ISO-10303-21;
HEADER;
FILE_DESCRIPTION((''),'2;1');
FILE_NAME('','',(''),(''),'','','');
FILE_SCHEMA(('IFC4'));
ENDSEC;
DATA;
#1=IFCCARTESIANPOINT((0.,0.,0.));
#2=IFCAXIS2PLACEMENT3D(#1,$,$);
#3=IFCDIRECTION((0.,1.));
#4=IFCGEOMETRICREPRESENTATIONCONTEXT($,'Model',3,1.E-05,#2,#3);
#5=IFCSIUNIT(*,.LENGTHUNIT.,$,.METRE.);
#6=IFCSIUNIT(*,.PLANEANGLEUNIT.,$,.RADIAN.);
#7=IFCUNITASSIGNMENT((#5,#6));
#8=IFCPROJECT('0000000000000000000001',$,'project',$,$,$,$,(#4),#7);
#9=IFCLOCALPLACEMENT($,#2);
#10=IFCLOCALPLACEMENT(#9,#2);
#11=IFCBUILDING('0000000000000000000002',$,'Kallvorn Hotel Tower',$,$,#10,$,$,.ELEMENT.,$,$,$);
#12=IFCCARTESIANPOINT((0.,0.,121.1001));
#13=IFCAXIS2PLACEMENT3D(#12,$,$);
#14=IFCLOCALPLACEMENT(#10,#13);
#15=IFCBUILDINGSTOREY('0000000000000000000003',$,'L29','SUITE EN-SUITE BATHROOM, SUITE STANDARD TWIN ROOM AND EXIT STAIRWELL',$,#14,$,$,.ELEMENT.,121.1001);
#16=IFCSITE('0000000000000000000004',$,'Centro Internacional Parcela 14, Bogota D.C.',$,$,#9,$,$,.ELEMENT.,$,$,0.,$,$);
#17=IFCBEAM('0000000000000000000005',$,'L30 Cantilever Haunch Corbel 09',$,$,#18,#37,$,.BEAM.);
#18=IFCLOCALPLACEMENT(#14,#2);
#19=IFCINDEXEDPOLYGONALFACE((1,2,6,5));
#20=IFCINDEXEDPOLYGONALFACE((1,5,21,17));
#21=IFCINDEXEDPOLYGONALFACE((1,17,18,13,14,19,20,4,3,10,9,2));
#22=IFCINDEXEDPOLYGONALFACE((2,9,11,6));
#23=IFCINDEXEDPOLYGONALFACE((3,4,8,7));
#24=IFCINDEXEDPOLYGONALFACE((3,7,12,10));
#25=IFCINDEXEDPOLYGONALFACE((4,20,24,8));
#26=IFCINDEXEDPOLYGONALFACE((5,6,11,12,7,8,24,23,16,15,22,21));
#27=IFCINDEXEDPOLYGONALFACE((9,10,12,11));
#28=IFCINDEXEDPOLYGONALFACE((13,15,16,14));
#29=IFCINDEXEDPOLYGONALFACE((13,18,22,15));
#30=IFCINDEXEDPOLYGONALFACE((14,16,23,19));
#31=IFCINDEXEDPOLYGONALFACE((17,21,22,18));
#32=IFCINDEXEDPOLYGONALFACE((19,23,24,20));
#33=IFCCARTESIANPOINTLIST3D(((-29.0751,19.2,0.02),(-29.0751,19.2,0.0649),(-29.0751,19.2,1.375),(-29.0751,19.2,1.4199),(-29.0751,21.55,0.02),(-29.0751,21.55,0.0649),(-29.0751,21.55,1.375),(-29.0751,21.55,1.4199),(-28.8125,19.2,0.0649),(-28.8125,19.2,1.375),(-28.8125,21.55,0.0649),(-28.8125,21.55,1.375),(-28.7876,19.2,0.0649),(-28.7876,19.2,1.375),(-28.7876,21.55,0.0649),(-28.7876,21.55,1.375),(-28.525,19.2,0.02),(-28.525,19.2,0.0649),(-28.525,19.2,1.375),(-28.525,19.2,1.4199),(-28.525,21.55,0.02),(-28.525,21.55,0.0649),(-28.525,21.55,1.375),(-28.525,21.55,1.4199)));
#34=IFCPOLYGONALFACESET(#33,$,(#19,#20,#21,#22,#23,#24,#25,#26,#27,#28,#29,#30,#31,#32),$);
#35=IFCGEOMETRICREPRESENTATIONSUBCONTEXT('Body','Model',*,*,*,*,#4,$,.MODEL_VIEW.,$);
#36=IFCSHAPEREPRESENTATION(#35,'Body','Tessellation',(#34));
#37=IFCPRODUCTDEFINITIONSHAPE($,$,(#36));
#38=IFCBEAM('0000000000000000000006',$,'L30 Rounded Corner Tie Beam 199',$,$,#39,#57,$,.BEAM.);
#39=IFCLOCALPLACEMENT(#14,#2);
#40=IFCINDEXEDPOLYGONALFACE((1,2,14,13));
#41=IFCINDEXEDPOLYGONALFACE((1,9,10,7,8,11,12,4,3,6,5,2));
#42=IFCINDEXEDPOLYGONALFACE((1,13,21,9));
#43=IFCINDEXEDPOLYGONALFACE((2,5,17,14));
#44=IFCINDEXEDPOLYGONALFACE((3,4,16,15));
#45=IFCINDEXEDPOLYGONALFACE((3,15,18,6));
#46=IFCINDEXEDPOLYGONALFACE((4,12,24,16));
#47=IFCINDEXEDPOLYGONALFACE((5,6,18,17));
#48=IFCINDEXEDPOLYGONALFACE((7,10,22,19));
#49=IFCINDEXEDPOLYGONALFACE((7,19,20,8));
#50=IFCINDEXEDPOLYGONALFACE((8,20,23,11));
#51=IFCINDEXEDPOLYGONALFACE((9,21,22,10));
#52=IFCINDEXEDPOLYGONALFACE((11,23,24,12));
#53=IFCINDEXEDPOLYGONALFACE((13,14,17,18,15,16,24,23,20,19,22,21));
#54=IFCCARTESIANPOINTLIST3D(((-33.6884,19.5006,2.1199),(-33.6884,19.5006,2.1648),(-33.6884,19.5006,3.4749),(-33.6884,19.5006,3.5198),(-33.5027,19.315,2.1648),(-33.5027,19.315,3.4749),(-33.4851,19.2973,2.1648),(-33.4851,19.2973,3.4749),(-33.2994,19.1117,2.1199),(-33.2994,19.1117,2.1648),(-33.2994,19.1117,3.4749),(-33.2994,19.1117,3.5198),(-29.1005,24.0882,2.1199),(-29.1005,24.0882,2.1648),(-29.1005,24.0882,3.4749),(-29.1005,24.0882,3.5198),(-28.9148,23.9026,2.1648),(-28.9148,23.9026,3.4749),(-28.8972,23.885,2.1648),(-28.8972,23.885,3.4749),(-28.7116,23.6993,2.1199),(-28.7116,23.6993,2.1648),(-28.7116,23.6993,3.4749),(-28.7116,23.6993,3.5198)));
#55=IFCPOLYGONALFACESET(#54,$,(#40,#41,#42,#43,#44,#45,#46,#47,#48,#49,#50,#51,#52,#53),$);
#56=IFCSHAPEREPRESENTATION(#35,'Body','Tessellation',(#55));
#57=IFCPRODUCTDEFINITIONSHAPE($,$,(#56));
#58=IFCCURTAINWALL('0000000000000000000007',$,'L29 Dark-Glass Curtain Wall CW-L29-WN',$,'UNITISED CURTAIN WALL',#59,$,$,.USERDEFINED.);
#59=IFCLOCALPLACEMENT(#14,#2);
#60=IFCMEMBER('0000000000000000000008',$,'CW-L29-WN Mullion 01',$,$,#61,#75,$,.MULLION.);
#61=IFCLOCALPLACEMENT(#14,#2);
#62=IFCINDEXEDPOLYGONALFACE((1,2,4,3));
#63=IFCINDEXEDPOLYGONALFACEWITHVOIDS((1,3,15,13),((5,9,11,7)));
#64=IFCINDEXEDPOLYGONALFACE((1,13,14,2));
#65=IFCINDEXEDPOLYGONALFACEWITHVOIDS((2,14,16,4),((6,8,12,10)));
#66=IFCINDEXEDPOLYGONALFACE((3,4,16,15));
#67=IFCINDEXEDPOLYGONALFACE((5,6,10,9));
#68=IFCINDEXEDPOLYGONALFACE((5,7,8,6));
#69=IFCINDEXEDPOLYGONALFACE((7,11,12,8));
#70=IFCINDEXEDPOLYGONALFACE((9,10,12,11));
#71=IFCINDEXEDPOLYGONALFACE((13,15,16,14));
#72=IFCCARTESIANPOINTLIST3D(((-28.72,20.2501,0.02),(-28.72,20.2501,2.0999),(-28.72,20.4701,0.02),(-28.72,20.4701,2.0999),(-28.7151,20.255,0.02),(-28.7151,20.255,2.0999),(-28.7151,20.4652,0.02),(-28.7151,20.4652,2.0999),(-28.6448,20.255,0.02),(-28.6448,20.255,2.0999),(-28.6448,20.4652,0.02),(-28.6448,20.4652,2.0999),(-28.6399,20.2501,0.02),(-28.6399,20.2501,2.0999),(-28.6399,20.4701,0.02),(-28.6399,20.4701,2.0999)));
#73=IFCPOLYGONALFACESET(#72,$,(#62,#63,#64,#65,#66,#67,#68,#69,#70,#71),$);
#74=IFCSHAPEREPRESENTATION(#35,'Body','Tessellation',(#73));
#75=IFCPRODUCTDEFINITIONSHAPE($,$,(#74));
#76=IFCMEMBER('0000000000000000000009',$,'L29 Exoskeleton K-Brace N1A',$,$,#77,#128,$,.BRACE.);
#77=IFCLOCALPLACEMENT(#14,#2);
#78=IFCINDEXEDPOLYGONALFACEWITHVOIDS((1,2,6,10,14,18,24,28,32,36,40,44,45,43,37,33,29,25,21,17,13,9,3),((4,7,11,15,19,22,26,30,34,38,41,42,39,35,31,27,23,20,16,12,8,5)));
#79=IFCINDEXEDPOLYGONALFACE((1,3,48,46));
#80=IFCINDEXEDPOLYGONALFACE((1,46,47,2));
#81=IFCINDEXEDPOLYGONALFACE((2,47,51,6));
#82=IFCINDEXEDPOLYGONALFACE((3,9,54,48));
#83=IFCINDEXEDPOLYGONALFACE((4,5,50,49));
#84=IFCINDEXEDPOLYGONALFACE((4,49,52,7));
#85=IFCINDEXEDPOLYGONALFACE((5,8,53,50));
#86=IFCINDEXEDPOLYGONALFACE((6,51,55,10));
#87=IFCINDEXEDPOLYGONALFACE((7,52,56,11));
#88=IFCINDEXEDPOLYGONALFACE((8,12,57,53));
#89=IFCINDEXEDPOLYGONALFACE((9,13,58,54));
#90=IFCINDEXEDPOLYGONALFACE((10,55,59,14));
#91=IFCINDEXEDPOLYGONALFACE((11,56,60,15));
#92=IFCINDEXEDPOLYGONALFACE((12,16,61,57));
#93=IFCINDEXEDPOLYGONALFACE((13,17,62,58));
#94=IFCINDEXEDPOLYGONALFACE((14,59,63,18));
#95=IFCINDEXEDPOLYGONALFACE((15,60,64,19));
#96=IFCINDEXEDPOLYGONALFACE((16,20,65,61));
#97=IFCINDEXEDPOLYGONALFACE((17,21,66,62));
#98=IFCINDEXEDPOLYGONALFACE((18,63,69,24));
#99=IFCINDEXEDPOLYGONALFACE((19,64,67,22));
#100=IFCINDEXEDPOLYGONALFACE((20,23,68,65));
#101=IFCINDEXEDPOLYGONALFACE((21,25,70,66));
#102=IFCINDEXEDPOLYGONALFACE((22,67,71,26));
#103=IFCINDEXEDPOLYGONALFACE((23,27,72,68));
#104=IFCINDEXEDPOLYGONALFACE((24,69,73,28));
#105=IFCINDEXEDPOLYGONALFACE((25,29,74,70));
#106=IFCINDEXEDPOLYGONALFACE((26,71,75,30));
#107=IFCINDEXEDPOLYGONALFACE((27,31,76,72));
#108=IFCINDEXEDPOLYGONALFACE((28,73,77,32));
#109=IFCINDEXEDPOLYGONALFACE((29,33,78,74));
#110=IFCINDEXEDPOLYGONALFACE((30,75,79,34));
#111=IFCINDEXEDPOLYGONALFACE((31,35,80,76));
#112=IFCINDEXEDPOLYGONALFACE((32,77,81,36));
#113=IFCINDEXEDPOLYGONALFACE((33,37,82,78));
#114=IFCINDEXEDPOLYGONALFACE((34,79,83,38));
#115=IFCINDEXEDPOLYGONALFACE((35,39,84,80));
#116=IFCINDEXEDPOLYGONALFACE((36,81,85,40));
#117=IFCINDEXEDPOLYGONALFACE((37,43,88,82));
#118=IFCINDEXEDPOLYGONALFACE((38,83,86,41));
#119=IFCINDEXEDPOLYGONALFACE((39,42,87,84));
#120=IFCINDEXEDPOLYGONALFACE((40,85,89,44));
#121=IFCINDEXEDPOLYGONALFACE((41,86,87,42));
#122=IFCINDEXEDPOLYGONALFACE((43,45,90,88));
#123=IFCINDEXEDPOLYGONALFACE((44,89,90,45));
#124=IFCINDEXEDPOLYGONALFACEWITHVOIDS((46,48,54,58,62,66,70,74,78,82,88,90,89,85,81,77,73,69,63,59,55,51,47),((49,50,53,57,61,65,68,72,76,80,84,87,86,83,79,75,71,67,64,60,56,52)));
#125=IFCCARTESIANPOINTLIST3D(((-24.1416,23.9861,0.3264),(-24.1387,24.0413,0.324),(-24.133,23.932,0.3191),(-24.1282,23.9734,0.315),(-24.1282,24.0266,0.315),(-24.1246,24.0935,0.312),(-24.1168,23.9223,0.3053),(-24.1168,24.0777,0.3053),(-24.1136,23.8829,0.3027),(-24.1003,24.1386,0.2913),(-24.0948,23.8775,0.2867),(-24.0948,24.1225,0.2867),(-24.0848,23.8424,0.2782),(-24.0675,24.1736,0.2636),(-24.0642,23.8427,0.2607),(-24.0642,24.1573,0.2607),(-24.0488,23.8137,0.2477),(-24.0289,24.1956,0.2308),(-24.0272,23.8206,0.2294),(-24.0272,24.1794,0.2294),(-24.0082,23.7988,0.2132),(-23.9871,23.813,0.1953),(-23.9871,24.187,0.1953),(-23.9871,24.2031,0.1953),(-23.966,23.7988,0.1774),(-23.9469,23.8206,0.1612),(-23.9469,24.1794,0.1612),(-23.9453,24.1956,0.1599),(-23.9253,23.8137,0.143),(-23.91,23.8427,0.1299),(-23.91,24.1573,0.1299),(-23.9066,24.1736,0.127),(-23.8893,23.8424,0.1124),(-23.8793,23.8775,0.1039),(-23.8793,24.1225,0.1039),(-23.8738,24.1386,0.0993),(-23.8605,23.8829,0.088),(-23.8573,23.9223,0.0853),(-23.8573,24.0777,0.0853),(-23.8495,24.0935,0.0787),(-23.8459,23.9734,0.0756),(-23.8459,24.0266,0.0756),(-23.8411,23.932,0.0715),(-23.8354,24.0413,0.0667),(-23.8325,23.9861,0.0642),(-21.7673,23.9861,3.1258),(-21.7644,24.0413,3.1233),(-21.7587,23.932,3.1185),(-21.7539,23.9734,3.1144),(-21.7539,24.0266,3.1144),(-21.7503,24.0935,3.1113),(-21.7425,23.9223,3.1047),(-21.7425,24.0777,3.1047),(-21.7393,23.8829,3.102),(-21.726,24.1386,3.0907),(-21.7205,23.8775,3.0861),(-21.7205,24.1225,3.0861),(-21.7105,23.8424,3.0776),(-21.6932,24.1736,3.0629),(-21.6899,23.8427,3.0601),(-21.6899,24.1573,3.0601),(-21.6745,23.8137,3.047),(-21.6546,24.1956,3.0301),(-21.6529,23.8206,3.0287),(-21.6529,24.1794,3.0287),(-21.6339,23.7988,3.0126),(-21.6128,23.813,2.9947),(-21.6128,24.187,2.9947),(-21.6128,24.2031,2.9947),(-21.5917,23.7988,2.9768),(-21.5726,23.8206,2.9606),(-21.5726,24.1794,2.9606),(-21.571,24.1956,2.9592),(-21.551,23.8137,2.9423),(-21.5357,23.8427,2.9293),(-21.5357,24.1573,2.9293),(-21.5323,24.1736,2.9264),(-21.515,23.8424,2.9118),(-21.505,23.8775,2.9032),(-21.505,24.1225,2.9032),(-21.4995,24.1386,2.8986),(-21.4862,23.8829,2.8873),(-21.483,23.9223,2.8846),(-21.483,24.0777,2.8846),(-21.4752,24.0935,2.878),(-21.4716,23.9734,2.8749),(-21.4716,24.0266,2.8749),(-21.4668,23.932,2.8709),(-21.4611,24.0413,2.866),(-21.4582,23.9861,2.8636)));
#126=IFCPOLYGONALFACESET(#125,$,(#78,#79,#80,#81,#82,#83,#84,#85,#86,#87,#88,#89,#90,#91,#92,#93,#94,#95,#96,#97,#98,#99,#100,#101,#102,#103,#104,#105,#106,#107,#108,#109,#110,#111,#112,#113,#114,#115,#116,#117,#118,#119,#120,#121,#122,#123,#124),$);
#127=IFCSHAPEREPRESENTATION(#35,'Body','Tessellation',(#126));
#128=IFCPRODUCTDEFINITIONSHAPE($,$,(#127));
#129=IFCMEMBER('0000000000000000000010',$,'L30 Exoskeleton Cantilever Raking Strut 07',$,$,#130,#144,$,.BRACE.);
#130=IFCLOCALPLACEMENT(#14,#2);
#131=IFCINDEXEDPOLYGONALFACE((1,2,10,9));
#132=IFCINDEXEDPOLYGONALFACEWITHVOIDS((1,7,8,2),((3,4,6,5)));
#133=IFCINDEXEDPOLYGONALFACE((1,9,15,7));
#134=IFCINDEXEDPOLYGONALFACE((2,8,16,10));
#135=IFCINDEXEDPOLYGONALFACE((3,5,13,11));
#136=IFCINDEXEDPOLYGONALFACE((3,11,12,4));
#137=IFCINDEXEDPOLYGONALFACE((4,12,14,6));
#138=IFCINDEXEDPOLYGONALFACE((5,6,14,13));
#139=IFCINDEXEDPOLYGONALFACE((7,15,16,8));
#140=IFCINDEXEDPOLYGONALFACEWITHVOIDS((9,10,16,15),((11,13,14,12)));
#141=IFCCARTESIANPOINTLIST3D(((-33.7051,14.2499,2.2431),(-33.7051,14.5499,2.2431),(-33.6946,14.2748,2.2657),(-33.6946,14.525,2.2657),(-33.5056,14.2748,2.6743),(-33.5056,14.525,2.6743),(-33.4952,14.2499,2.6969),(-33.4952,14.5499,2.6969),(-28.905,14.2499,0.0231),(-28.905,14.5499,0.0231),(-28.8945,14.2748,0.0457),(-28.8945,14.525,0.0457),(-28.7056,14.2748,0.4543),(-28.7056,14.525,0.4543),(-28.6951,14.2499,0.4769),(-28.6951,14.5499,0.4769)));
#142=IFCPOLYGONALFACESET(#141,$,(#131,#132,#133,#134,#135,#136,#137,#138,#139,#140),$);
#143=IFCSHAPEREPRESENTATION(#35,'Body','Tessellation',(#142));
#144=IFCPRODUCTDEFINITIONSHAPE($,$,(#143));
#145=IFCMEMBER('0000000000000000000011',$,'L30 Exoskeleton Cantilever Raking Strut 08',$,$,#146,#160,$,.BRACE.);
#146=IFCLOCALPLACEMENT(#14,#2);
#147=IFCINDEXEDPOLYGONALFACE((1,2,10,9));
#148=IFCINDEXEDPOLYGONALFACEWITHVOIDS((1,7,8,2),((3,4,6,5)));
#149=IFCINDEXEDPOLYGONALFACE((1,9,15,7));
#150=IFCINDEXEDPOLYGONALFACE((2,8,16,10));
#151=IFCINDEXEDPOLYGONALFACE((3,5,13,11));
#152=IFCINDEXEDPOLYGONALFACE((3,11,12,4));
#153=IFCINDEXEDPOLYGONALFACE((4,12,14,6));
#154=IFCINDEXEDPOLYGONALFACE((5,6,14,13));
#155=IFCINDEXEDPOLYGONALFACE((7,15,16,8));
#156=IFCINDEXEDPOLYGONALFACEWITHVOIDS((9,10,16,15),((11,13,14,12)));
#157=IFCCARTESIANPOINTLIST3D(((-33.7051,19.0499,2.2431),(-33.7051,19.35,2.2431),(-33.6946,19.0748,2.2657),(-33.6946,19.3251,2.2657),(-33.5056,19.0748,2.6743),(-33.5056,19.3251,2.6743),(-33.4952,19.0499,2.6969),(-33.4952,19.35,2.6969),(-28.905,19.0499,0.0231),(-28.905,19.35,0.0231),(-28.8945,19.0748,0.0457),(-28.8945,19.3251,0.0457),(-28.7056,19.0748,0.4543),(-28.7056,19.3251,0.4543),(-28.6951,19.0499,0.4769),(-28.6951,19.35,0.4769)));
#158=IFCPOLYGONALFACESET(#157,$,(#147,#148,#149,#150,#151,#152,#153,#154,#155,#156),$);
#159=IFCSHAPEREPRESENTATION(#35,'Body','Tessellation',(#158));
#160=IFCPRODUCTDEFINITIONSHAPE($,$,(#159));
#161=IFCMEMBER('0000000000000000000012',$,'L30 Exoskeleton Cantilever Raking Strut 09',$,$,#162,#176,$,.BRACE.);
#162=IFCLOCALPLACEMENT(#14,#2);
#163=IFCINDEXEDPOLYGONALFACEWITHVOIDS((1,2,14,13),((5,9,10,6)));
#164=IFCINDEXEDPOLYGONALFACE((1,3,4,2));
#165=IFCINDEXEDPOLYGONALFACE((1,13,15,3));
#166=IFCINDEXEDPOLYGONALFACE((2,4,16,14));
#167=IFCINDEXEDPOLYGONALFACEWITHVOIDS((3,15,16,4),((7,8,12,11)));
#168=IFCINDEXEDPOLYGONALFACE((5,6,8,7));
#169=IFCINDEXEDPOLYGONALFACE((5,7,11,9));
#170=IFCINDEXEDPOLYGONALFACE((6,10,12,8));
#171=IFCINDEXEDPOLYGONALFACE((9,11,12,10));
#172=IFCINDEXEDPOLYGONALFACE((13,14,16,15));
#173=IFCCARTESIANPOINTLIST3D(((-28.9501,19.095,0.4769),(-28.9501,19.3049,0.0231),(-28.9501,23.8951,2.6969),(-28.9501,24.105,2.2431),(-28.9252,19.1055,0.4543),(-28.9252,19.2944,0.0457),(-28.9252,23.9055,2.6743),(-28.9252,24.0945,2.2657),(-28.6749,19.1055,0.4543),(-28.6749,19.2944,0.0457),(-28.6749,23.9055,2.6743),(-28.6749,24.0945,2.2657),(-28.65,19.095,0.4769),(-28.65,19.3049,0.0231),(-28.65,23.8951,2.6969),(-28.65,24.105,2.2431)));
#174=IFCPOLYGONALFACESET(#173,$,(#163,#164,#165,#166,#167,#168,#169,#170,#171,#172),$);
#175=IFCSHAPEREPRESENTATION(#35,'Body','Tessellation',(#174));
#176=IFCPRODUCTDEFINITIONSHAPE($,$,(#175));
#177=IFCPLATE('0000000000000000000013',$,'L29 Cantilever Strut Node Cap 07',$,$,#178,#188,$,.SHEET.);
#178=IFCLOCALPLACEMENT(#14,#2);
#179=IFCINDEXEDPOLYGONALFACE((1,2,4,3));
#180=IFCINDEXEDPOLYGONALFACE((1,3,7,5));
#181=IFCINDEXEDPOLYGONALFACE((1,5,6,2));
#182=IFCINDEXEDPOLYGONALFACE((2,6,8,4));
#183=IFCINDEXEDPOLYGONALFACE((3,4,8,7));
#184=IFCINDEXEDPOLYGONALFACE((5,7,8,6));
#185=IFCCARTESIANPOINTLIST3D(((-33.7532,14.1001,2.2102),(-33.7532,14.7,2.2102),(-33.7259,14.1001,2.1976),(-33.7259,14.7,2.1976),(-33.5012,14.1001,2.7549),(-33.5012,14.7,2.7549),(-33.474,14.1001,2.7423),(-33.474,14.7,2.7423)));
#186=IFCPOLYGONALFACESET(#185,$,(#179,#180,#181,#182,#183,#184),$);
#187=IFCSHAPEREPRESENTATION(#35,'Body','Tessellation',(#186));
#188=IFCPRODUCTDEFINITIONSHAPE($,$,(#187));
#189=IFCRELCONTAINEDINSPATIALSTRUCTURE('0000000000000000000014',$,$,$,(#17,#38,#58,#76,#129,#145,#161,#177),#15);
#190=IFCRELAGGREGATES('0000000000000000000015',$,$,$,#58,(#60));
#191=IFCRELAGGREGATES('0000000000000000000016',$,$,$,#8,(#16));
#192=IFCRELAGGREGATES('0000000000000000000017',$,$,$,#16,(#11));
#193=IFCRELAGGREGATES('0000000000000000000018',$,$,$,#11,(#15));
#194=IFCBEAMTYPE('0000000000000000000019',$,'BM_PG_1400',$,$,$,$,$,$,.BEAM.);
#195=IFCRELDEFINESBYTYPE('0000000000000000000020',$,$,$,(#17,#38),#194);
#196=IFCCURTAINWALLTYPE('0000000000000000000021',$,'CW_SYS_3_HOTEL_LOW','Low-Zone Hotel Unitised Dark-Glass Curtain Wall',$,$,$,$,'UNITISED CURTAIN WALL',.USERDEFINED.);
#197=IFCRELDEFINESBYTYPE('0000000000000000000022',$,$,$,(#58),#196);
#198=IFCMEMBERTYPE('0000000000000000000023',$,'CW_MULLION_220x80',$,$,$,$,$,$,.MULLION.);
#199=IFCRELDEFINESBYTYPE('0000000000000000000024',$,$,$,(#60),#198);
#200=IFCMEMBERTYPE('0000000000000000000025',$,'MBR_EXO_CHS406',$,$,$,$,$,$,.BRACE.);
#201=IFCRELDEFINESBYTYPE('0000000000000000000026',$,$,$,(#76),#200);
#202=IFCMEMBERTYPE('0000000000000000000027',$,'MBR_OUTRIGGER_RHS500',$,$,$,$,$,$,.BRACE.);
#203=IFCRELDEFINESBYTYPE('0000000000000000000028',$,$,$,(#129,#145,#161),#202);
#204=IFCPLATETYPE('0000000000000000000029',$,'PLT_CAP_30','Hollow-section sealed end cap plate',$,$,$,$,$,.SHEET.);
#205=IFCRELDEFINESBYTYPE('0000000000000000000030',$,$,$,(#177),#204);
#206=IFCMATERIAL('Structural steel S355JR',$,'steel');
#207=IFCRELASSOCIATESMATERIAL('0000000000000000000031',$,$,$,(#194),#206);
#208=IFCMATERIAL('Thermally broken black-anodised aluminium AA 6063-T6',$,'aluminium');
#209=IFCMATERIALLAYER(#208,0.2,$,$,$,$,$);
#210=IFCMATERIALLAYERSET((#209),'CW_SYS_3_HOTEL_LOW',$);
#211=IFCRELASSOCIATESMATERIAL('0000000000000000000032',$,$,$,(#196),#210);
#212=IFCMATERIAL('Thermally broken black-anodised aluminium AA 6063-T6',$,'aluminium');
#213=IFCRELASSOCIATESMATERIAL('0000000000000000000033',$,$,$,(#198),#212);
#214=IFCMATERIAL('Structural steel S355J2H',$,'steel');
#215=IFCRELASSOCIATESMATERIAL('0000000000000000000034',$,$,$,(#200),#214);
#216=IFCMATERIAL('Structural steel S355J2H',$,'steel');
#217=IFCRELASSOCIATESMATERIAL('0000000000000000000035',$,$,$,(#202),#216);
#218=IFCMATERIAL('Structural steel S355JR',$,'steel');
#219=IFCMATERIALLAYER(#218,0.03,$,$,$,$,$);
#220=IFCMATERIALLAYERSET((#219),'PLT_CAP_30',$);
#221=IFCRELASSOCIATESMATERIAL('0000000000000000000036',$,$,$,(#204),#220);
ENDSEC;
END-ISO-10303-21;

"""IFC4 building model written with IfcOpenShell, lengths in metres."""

from ifc_helpers import new_model, si_unit, direction, frame, origin, origin_2d, place, context, subcontext, project, spatial, polyline, hollow_rectangle, hollow_circle, i_section, outline, extrude, material, layer, layer_set, material_profile, profile_set, type_object, element, aggregate, save


model = new_model("IFC4")

# Units and contexts
model_context = context("Model", 3, precision=1e-05, world=origin(), true_north=direction((0.0, 1.0)))
body_context = subcontext(model_context, "Body", "Model", "MODEL_VIEW")
ifc_project = project(units=[si_unit("LENGTHUNIT", "METRE"), si_unit("PLANEANGLEUNIT", "RADIAN")], contexts=[model_context])

# Site, building, storey
site_placement = place(None, origin())
site = spatial("IfcSite", under=ifc_project, at=site_placement, Name="Centro Internacional Parcela 14, Bogota D.C.", CompositionType="ELEMENT", RefElevation=0.0)
building_placement = place(site_placement, origin())
building = spatial("IfcBuilding", under=site, at=building_placement, Name="Kallvorn Hotel Tower", CompositionType="ELEMENT")
storey_placement = place(building_placement, frame((0.0, 0.0, 121.1001)))
storey = spatial("IfcBuildingStorey", under=building, at=storey_placement, Name="L29", Description="SUITE EN-SUITE BATHROOM, SUITE STANDARD TWIN ROOM AND EXIT STAIRWELL", CompositionType="ELEMENT", Elevation=121.1001)

# Beams
ifc_material_1 = material(Name="Structural steel S355JR", Category="steel")
ifc_material_profile_1 = material_profile(ifc_material_1, i_section(OverallWidth=0.55, OverallDepth=1.3999, WebThickness=0.0249, FlangeThickness=0.0449, at=origin_2d()), Name="PG 1400x550x25x45")
ifc_profile_set_1 = profile_set([ifc_material_profile_1], Name="Structural steel S355JR")
beam_type_1 = type_object("IfcBeamType", Name="BM_PG_1400", PredefinedType="BEAM", material=ifc_profile_set_1)
beam_1_placement = place(storey_placement, frame((-28.8, 19.2, 0.72), z_axis=(0.0, 1.0, 0.0), x_axis=(-1.0, 0.0, 0.0)))
element("IfcBeam", 1, at=beam_1_placement, inside=storey, type_object=beam_type_1, Name="L30 Cantilever Haunch Corbel 09", PredefinedType="BEAM", context=body_context, shape_type="SweptSolid", body=[
    extrude(i_section(OverallWidth=0.55, OverallDepth=1.3999, WebThickness=0.0249, FlangeThickness=0.0449, at=origin_2d()), origin(), (0.0, 0.0, 1.0), 2.3501),
])
beam_2_placement = place(storey_placement, frame((-33.4939, 19.3062, 2.8198), z_axis=(0.707126, 0.707088, 0.0), x_axis=(-0.707088, 0.707126, 0.0)))
element("IfcBeam", 2, at=beam_2_placement, inside=storey, type_object=beam_type_1, Name="L30 Rounded Corner Tie Beam 199", PredefinedType="BEAM", context=body_context, shape_type="SweptSolid", body=[
    extrude(i_section(OverallWidth=0.55, OverallDepth=1.3999, WebThickness=0.0249, FlangeThickness=0.0449, at=origin_2d()), origin(), (0.0, 0.0, 1.0), 6.488),
])

# Curtain wall, member
ifc_material_2 = material(Name="Thermally broken black-anodised aluminium AA 6063-T6", Category="aluminium")
ifc_layer_1 = layer(ifc_material_2, 0.2)
ifc_layer_set_1 = layer_set([ifc_layer_1], Name="CW_SYS_3_HOTEL_LOW")
curtain_wall_type = type_object("IfcCurtainWallType", Name="CW_SYS_3_HOTEL_LOW", Description="Low-Zone Hotel Unitised Dark-Glass Curtain Wall", ElementType="UNITISED CURTAIN WALL", PredefinedType="USERDEFINED", material=ifc_layer_set_1)
curtain_wall_placement = place(storey_placement, origin())
curtain_wall = element("IfcCurtainWall", 3, at=curtain_wall_placement, inside=storey, type_object=curtain_wall_type, Name="L29 Dark-Glass Curtain Wall CW-L29-WN", ObjectType="UNITISED CURTAIN WALL", PredefinedType="USERDEFINED")
ifc_material_3 = material(Name="Thermally broken black-anodised aluminium AA 6063-T6", Category="aluminium")
ifc_material_profile_2 = material_profile(ifc_material_3, hollow_rectangle(XDim=0.0801, YDim=0.22, WallThickness=0.0049, at=origin_2d()), Name="MUL 220x80")
ifc_profile_set_2 = profile_set([ifc_material_profile_2], Name="Thermally broken black-anodised aluminium AA 6063-T6")
member_type_1 = type_object("IfcMemberType", Name="CW_MULLION_220x80", PredefinedType="MULLION", material=ifc_profile_set_2)
member_1_placement = place(storey_placement, frame((-28.6799, 20.3601, 0.02), z_axis=(0.0, 0.0, 1.0), x_axis=(1.0, 0.0, 0.0)))
member_1 = element("IfcMember", 4, at=member_1_placement, type_object=member_type_1, Name="CW-L29-WN Mullion 01", PredefinedType="MULLION", context=body_context, shape_type="SweptSolid", body=[
    extrude(hollow_rectangle(XDim=0.0801, YDim=0.22, WallThickness=0.0049, at=origin_2d()), origin(), (0.0, 0.0, 1.0), 2.0798),
])
aggregate(curtain_wall, [member_1])

# Members
ifc_material_4 = material(Name="Structural steel S355J2H", Category="steel")
ifc_material_profile_3 = material_profile(ifc_material_4, hollow_circle(Radius=0.2031, WallThickness=0.0161, at=origin_2d()), Name="CHS 406.4x16")
ifc_profile_set_3 = profile_set([ifc_material_profile_3], Name="Structural steel S355J2H")
member_type_2 = type_object("IfcMemberType", Name="MBR_EXO_CHS406", PredefinedType="BRACE", material=ifc_profile_set_3)
member_2_placement = place(storey_placement, frame((-23.9871, 24.0, 0.1953), z_axis=(0.646833, 0.0, 0.762631), x_axis=(0.0, 1.0, 0.0)))
element("IfcMember", 5, at=member_2_placement, inside=storey, type_object=member_type_2, Name="L29 Exoskeleton K-Brace N1A", PredefinedType="BRACE", context=body_context, shape_type="SweptSolid", body=[
    extrude(hollow_circle(Radius=0.2031, WallThickness=0.0161, at=origin_2d()), origin(), (0.0, 0.0, 1.0), 3.6707),
])
ifc_material_5 = material(Name="Structural steel S355J2H", Category="steel")
ifc_material_profile_4 = material_profile(ifc_material_5, hollow_rectangle(XDim=0.3, YDim=0.5, WallThickness=0.0249, at=origin_2d()), Name="RHS 500x300x25")
ifc_profile_set_4 = profile_set([ifc_material_profile_4], Name="Structural steel S355J2H")
member_type_3 = type_object("IfcMemberType", Name="MBR_OUTRIGGER_RHS500", PredefinedType="BRACE", material=ifc_profile_set_4)
for number, where, z_axis, x_axis, name in (
    (6, (-28.8, 14.3999, 0.25), (-0.907631, 0.0, 0.419769), (0.0, -1.0, 0.0), "L30 Exoskeleton Cantilever Raking Strut 07"),
    (7, (-28.8, 19.2, 0.25), (-0.907631, 0.0, 0.419769), (0.0, -1.0, 0.0), "L30 Exoskeleton Cantilever Raking Strut 08"),
    (8, (-28.8, 19.2, 0.25), (0.0, 0.907631, 0.419769), (-1.0, 0.0, 0.0), "L30 Exoskeleton Cantilever Raking Strut 09"),
):
    element("IfcMember", number, at=place(storey_placement, frame(where, z_axis=z_axis, x_axis=x_axis)), inside=storey, type_object=member_type_3, Name=name, PredefinedType="BRACE", context=body_context, shape_type="SweptSolid", body=[
        extrude(hollow_rectangle(XDim=0.3, YDim=0.5, WallThickness=0.0249, at=origin_2d()), origin(), (0.0, 0.0, 1.0), 5.2886),
    ])

# Plate
ifc_material_6 = material(Name="Structural steel S355JR", Category="steel")
ifc_layer_2 = layer(ifc_material_6, 0.03)
ifc_layer_set_2 = layer_set([ifc_layer_2], Name="PLT_CAP_30")
plate_type_1 = type_object("IfcPlateType", Name="PLT_CAP_30", Description="Hollow-section sealed end cap plate", PredefinedType="SHEET", material=ifc_layer_set_2)
plate_1_placement = place(storey_placement, frame((-33.7532, 14.7, 2.2102), z_axis=(-0.907602, 0.0, 0.419832), x_axis=(0.0, -1.0, 0.0)))
element("IfcPlate", 9, at=plate_1_placement, inside=storey, type_object=plate_type_1, Name="L29 Cantilever Strut Node Cap 07", PredefinedType="SHEET", context=body_context, shape_type="SweptSolid", body=[
    extrude(outline(polyline([(0.0, 0.0), (0.5999, 0.0), (0.5999, 0.6001), (0.0, 0.6001), (0.0, 0.0)])), origin(), (0.0, 0.0, -1.0), 0.03),
])

save(model, "model.ifc")
